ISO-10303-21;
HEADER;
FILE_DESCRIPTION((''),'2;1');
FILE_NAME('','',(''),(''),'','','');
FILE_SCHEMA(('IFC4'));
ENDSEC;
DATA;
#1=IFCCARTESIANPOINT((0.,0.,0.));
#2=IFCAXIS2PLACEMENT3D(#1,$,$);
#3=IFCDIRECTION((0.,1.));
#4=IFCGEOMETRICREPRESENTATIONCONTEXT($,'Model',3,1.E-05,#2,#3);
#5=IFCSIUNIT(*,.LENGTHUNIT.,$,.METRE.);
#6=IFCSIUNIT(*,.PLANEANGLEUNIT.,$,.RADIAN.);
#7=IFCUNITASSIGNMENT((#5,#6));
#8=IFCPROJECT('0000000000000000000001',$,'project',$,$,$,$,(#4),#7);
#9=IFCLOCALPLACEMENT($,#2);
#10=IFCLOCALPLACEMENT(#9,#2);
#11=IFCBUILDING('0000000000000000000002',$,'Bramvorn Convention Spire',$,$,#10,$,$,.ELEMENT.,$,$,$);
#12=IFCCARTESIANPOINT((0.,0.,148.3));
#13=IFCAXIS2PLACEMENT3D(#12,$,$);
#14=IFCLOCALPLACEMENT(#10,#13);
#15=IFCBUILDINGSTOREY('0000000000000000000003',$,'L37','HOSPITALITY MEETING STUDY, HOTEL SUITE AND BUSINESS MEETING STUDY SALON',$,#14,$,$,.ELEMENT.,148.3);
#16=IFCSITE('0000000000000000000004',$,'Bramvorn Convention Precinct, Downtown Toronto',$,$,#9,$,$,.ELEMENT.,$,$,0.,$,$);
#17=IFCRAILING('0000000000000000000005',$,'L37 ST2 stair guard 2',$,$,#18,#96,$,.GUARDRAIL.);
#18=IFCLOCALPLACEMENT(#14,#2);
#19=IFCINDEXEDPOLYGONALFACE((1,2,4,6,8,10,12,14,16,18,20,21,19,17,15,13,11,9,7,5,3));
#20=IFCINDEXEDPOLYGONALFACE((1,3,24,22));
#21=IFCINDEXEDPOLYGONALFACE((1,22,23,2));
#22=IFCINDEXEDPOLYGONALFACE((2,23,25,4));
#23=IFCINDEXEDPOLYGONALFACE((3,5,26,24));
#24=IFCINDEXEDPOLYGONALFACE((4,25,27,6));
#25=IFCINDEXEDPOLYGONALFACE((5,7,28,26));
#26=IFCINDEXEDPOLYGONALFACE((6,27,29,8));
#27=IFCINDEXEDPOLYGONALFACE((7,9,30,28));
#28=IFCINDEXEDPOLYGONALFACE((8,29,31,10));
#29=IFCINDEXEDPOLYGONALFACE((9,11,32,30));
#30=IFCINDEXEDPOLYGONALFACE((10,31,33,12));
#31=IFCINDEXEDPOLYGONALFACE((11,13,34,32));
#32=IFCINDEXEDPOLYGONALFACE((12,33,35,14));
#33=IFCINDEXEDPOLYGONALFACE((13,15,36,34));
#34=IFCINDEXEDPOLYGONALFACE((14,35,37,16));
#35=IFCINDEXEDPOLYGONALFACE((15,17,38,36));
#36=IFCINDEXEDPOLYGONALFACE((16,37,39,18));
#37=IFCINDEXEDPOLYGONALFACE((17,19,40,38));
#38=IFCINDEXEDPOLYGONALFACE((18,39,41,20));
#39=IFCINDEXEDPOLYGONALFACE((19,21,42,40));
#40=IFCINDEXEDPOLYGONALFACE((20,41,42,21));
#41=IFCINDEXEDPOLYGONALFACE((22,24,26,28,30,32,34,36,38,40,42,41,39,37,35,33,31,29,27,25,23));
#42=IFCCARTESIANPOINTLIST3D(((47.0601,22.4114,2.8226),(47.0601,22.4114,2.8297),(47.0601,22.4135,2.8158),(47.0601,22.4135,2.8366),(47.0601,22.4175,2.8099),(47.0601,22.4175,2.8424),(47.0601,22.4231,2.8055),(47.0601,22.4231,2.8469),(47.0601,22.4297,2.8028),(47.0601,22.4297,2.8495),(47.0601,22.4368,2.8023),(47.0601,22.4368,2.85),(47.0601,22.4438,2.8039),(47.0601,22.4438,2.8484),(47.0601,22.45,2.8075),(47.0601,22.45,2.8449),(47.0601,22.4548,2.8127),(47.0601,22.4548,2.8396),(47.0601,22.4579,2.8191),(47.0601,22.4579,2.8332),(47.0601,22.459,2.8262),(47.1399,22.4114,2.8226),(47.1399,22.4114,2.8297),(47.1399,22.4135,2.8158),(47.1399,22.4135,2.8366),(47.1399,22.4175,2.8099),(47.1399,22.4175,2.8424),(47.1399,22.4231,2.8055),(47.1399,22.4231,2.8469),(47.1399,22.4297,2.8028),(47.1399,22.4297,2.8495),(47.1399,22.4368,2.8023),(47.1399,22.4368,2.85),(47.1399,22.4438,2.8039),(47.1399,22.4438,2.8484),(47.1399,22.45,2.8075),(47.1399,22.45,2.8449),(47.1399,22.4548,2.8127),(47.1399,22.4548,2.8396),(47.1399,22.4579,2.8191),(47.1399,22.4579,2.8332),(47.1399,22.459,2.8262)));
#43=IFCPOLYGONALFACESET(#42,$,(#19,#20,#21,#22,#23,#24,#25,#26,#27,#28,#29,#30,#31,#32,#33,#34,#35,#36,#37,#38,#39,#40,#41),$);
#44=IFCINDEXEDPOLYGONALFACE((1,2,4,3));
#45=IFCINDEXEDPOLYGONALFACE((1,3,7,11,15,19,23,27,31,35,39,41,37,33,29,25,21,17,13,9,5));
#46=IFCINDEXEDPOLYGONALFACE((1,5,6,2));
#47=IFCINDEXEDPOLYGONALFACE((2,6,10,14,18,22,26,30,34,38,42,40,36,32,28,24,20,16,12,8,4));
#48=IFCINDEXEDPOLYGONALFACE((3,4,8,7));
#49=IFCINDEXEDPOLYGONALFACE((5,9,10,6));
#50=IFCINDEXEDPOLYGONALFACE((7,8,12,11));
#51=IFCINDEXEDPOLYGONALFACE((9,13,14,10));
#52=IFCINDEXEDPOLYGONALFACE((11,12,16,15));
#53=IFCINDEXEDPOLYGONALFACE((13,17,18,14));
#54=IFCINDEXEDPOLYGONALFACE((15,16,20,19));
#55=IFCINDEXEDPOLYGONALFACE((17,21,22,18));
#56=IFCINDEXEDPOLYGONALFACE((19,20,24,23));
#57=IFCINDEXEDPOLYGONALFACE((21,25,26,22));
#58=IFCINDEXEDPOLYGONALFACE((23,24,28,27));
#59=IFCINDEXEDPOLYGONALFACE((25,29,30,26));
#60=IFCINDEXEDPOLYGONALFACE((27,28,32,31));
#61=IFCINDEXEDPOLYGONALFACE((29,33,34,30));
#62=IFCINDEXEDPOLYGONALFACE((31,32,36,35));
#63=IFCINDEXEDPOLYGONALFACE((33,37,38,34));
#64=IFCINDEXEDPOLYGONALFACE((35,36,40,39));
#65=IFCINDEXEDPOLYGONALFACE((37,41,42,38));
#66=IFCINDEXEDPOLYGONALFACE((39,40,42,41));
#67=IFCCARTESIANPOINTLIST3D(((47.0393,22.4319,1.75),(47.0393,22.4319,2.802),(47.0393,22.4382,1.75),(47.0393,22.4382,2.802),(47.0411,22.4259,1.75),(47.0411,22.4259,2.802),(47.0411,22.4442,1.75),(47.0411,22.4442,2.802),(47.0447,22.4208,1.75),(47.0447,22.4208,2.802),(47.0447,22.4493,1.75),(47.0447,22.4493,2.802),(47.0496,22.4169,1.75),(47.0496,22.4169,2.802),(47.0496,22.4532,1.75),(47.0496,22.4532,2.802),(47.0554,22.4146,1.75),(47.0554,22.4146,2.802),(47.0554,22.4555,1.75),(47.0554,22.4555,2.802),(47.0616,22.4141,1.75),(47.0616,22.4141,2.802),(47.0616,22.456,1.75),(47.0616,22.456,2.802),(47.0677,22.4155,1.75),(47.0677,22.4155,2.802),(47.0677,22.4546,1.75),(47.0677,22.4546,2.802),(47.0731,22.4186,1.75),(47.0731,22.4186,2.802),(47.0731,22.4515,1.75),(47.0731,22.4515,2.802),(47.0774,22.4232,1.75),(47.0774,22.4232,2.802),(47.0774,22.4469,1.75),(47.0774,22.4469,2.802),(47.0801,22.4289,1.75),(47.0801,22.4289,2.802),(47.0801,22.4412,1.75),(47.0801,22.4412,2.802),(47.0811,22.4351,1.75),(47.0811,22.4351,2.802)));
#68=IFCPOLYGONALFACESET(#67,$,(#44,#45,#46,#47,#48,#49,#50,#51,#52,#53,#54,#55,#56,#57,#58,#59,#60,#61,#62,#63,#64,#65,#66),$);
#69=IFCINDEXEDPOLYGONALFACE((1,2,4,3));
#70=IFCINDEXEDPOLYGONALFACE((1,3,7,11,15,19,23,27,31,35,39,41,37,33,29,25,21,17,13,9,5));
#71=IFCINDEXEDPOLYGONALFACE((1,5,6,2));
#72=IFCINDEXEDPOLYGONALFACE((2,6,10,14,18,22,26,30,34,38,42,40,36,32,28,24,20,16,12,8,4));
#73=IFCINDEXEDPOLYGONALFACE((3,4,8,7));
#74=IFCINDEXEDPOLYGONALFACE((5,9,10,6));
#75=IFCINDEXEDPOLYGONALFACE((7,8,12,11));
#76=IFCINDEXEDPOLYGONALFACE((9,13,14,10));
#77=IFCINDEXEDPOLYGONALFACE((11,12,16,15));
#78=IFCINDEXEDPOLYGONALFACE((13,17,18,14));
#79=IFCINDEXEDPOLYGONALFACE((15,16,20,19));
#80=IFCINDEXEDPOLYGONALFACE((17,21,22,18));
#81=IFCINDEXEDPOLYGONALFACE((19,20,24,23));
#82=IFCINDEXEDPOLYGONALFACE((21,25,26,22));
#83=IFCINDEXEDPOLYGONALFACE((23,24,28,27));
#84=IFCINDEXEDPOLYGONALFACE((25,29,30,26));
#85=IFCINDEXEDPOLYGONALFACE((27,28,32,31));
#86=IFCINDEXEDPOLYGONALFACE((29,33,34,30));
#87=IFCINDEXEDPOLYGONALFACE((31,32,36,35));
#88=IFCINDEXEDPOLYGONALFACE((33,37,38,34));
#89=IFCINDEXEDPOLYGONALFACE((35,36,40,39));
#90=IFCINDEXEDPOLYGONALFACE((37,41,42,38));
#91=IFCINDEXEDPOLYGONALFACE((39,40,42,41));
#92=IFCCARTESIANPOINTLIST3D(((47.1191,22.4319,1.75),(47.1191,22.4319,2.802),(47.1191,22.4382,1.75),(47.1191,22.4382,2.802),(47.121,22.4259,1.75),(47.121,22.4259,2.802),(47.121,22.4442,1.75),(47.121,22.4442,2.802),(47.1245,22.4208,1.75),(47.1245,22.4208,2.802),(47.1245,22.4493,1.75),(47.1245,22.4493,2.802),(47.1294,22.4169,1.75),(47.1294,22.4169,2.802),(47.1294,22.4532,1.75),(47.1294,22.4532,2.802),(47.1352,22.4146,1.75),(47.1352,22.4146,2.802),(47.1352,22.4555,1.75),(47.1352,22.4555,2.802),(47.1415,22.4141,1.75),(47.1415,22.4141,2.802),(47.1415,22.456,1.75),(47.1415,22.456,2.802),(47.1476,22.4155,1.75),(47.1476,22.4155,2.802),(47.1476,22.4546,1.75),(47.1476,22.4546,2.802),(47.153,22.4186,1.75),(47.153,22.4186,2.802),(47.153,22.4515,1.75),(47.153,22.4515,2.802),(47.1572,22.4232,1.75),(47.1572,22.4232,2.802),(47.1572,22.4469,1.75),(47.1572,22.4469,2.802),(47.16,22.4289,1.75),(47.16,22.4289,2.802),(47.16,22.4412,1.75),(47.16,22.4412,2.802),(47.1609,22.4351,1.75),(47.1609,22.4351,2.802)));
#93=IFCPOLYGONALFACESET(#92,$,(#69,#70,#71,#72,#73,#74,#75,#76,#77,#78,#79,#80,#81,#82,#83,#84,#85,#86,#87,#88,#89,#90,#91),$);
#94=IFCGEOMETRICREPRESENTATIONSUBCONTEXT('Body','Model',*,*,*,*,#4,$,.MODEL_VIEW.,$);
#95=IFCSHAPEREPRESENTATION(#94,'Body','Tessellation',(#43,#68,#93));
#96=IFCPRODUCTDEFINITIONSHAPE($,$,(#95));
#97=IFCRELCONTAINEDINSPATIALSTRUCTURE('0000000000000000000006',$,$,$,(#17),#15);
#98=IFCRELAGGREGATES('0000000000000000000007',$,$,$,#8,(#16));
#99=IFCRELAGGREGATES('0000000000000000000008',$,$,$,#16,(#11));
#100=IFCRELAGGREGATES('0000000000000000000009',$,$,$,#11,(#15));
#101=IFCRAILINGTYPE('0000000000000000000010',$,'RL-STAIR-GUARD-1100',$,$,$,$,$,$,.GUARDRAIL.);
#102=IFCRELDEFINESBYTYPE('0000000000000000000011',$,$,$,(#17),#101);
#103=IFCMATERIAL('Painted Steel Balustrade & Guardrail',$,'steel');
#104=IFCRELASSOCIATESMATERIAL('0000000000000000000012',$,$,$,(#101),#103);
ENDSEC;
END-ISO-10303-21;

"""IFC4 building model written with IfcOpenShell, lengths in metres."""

from ifc_helpers import new_model, si_unit, direction, frame, origin, origin_2d, place, context, subcontext, project, spatial, circle, extrude, material, type_object, element, save


model = new_model("IFC4")

# Units and contexts
model_context = context("Model", 3, precision=1e-05, world=origin(), true_north=direction((0.0, 1.0)))
body_context = subcontext(model_context, "Body", "Model", "MODEL_VIEW")
ifc_project = project(units=[si_unit("LENGTHUNIT", "METRE"), si_unit("PLANEANGLEUNIT", "RADIAN")], contexts=[model_context])

# Site, building, storey
site_placement = place(None, origin())
site = spatial("IfcSite", under=ifc_project, at=site_placement, Name="Bramvorn Convention Precinct, Downtown Toronto", CompositionType="ELEMENT", RefElevation=0.0)
building_placement = place(site_placement, origin())
building = spatial("IfcBuilding", under=site, at=building_placement, Name="Bramvorn Convention Spire", CompositionType="ELEMENT")
storey_placement = place(building_placement, frame((0.0, 0.0, 148.3)))
storey = spatial("IfcBuildingStorey", under=building, at=storey_placement, Name="L37", Description="HOSPITALITY MEETING STUDY, HOTEL SUITE AND BUSINESS MEETING STUDY SALON", CompositionType="ELEMENT", Elevation=148.3)

# Railing
ifc_material_1 = material(Name="Painted Steel Balustrade & Guardrail", Category="steel")
railing_type_1 = type_object("IfcRailingType", Name="RL-STAIR-GUARD-1100", PredefinedType="GUARDRAIL", material=ifc_material_1)
railing_1_placement = place(storey_placement, frame((47.0601, 22.4351, 1.75)))
element("IfcRailing", 1, at=railing_1_placement, inside=storey, type_object=railing_type_1, Name="L37 ST2 stair guard 2", PredefinedType="GUARDRAIL", context=body_context, shape_type="SweptSolid", body=[
    extrude(circle(Radius=0.0239, at=origin_2d()), frame((0.0, 0.0, 1.0762), z_axis=(1.0, 0.0, 0.0), x_axis=(0.0, 1.0, 0.0)), (0.0, 0.0, 1.0), 0.0798),
    extrude(circle(Radius=0.021, at=origin_2d()), origin(), (0.0, 0.0, 1.0), 1.052),
    extrude(circle(Radius=0.021, at=origin_2d()), frame((0.0798, 0.0, 0.0)), (0.0, 0.0, 1.0), 1.052),
])

save(model, "model.ifc")
